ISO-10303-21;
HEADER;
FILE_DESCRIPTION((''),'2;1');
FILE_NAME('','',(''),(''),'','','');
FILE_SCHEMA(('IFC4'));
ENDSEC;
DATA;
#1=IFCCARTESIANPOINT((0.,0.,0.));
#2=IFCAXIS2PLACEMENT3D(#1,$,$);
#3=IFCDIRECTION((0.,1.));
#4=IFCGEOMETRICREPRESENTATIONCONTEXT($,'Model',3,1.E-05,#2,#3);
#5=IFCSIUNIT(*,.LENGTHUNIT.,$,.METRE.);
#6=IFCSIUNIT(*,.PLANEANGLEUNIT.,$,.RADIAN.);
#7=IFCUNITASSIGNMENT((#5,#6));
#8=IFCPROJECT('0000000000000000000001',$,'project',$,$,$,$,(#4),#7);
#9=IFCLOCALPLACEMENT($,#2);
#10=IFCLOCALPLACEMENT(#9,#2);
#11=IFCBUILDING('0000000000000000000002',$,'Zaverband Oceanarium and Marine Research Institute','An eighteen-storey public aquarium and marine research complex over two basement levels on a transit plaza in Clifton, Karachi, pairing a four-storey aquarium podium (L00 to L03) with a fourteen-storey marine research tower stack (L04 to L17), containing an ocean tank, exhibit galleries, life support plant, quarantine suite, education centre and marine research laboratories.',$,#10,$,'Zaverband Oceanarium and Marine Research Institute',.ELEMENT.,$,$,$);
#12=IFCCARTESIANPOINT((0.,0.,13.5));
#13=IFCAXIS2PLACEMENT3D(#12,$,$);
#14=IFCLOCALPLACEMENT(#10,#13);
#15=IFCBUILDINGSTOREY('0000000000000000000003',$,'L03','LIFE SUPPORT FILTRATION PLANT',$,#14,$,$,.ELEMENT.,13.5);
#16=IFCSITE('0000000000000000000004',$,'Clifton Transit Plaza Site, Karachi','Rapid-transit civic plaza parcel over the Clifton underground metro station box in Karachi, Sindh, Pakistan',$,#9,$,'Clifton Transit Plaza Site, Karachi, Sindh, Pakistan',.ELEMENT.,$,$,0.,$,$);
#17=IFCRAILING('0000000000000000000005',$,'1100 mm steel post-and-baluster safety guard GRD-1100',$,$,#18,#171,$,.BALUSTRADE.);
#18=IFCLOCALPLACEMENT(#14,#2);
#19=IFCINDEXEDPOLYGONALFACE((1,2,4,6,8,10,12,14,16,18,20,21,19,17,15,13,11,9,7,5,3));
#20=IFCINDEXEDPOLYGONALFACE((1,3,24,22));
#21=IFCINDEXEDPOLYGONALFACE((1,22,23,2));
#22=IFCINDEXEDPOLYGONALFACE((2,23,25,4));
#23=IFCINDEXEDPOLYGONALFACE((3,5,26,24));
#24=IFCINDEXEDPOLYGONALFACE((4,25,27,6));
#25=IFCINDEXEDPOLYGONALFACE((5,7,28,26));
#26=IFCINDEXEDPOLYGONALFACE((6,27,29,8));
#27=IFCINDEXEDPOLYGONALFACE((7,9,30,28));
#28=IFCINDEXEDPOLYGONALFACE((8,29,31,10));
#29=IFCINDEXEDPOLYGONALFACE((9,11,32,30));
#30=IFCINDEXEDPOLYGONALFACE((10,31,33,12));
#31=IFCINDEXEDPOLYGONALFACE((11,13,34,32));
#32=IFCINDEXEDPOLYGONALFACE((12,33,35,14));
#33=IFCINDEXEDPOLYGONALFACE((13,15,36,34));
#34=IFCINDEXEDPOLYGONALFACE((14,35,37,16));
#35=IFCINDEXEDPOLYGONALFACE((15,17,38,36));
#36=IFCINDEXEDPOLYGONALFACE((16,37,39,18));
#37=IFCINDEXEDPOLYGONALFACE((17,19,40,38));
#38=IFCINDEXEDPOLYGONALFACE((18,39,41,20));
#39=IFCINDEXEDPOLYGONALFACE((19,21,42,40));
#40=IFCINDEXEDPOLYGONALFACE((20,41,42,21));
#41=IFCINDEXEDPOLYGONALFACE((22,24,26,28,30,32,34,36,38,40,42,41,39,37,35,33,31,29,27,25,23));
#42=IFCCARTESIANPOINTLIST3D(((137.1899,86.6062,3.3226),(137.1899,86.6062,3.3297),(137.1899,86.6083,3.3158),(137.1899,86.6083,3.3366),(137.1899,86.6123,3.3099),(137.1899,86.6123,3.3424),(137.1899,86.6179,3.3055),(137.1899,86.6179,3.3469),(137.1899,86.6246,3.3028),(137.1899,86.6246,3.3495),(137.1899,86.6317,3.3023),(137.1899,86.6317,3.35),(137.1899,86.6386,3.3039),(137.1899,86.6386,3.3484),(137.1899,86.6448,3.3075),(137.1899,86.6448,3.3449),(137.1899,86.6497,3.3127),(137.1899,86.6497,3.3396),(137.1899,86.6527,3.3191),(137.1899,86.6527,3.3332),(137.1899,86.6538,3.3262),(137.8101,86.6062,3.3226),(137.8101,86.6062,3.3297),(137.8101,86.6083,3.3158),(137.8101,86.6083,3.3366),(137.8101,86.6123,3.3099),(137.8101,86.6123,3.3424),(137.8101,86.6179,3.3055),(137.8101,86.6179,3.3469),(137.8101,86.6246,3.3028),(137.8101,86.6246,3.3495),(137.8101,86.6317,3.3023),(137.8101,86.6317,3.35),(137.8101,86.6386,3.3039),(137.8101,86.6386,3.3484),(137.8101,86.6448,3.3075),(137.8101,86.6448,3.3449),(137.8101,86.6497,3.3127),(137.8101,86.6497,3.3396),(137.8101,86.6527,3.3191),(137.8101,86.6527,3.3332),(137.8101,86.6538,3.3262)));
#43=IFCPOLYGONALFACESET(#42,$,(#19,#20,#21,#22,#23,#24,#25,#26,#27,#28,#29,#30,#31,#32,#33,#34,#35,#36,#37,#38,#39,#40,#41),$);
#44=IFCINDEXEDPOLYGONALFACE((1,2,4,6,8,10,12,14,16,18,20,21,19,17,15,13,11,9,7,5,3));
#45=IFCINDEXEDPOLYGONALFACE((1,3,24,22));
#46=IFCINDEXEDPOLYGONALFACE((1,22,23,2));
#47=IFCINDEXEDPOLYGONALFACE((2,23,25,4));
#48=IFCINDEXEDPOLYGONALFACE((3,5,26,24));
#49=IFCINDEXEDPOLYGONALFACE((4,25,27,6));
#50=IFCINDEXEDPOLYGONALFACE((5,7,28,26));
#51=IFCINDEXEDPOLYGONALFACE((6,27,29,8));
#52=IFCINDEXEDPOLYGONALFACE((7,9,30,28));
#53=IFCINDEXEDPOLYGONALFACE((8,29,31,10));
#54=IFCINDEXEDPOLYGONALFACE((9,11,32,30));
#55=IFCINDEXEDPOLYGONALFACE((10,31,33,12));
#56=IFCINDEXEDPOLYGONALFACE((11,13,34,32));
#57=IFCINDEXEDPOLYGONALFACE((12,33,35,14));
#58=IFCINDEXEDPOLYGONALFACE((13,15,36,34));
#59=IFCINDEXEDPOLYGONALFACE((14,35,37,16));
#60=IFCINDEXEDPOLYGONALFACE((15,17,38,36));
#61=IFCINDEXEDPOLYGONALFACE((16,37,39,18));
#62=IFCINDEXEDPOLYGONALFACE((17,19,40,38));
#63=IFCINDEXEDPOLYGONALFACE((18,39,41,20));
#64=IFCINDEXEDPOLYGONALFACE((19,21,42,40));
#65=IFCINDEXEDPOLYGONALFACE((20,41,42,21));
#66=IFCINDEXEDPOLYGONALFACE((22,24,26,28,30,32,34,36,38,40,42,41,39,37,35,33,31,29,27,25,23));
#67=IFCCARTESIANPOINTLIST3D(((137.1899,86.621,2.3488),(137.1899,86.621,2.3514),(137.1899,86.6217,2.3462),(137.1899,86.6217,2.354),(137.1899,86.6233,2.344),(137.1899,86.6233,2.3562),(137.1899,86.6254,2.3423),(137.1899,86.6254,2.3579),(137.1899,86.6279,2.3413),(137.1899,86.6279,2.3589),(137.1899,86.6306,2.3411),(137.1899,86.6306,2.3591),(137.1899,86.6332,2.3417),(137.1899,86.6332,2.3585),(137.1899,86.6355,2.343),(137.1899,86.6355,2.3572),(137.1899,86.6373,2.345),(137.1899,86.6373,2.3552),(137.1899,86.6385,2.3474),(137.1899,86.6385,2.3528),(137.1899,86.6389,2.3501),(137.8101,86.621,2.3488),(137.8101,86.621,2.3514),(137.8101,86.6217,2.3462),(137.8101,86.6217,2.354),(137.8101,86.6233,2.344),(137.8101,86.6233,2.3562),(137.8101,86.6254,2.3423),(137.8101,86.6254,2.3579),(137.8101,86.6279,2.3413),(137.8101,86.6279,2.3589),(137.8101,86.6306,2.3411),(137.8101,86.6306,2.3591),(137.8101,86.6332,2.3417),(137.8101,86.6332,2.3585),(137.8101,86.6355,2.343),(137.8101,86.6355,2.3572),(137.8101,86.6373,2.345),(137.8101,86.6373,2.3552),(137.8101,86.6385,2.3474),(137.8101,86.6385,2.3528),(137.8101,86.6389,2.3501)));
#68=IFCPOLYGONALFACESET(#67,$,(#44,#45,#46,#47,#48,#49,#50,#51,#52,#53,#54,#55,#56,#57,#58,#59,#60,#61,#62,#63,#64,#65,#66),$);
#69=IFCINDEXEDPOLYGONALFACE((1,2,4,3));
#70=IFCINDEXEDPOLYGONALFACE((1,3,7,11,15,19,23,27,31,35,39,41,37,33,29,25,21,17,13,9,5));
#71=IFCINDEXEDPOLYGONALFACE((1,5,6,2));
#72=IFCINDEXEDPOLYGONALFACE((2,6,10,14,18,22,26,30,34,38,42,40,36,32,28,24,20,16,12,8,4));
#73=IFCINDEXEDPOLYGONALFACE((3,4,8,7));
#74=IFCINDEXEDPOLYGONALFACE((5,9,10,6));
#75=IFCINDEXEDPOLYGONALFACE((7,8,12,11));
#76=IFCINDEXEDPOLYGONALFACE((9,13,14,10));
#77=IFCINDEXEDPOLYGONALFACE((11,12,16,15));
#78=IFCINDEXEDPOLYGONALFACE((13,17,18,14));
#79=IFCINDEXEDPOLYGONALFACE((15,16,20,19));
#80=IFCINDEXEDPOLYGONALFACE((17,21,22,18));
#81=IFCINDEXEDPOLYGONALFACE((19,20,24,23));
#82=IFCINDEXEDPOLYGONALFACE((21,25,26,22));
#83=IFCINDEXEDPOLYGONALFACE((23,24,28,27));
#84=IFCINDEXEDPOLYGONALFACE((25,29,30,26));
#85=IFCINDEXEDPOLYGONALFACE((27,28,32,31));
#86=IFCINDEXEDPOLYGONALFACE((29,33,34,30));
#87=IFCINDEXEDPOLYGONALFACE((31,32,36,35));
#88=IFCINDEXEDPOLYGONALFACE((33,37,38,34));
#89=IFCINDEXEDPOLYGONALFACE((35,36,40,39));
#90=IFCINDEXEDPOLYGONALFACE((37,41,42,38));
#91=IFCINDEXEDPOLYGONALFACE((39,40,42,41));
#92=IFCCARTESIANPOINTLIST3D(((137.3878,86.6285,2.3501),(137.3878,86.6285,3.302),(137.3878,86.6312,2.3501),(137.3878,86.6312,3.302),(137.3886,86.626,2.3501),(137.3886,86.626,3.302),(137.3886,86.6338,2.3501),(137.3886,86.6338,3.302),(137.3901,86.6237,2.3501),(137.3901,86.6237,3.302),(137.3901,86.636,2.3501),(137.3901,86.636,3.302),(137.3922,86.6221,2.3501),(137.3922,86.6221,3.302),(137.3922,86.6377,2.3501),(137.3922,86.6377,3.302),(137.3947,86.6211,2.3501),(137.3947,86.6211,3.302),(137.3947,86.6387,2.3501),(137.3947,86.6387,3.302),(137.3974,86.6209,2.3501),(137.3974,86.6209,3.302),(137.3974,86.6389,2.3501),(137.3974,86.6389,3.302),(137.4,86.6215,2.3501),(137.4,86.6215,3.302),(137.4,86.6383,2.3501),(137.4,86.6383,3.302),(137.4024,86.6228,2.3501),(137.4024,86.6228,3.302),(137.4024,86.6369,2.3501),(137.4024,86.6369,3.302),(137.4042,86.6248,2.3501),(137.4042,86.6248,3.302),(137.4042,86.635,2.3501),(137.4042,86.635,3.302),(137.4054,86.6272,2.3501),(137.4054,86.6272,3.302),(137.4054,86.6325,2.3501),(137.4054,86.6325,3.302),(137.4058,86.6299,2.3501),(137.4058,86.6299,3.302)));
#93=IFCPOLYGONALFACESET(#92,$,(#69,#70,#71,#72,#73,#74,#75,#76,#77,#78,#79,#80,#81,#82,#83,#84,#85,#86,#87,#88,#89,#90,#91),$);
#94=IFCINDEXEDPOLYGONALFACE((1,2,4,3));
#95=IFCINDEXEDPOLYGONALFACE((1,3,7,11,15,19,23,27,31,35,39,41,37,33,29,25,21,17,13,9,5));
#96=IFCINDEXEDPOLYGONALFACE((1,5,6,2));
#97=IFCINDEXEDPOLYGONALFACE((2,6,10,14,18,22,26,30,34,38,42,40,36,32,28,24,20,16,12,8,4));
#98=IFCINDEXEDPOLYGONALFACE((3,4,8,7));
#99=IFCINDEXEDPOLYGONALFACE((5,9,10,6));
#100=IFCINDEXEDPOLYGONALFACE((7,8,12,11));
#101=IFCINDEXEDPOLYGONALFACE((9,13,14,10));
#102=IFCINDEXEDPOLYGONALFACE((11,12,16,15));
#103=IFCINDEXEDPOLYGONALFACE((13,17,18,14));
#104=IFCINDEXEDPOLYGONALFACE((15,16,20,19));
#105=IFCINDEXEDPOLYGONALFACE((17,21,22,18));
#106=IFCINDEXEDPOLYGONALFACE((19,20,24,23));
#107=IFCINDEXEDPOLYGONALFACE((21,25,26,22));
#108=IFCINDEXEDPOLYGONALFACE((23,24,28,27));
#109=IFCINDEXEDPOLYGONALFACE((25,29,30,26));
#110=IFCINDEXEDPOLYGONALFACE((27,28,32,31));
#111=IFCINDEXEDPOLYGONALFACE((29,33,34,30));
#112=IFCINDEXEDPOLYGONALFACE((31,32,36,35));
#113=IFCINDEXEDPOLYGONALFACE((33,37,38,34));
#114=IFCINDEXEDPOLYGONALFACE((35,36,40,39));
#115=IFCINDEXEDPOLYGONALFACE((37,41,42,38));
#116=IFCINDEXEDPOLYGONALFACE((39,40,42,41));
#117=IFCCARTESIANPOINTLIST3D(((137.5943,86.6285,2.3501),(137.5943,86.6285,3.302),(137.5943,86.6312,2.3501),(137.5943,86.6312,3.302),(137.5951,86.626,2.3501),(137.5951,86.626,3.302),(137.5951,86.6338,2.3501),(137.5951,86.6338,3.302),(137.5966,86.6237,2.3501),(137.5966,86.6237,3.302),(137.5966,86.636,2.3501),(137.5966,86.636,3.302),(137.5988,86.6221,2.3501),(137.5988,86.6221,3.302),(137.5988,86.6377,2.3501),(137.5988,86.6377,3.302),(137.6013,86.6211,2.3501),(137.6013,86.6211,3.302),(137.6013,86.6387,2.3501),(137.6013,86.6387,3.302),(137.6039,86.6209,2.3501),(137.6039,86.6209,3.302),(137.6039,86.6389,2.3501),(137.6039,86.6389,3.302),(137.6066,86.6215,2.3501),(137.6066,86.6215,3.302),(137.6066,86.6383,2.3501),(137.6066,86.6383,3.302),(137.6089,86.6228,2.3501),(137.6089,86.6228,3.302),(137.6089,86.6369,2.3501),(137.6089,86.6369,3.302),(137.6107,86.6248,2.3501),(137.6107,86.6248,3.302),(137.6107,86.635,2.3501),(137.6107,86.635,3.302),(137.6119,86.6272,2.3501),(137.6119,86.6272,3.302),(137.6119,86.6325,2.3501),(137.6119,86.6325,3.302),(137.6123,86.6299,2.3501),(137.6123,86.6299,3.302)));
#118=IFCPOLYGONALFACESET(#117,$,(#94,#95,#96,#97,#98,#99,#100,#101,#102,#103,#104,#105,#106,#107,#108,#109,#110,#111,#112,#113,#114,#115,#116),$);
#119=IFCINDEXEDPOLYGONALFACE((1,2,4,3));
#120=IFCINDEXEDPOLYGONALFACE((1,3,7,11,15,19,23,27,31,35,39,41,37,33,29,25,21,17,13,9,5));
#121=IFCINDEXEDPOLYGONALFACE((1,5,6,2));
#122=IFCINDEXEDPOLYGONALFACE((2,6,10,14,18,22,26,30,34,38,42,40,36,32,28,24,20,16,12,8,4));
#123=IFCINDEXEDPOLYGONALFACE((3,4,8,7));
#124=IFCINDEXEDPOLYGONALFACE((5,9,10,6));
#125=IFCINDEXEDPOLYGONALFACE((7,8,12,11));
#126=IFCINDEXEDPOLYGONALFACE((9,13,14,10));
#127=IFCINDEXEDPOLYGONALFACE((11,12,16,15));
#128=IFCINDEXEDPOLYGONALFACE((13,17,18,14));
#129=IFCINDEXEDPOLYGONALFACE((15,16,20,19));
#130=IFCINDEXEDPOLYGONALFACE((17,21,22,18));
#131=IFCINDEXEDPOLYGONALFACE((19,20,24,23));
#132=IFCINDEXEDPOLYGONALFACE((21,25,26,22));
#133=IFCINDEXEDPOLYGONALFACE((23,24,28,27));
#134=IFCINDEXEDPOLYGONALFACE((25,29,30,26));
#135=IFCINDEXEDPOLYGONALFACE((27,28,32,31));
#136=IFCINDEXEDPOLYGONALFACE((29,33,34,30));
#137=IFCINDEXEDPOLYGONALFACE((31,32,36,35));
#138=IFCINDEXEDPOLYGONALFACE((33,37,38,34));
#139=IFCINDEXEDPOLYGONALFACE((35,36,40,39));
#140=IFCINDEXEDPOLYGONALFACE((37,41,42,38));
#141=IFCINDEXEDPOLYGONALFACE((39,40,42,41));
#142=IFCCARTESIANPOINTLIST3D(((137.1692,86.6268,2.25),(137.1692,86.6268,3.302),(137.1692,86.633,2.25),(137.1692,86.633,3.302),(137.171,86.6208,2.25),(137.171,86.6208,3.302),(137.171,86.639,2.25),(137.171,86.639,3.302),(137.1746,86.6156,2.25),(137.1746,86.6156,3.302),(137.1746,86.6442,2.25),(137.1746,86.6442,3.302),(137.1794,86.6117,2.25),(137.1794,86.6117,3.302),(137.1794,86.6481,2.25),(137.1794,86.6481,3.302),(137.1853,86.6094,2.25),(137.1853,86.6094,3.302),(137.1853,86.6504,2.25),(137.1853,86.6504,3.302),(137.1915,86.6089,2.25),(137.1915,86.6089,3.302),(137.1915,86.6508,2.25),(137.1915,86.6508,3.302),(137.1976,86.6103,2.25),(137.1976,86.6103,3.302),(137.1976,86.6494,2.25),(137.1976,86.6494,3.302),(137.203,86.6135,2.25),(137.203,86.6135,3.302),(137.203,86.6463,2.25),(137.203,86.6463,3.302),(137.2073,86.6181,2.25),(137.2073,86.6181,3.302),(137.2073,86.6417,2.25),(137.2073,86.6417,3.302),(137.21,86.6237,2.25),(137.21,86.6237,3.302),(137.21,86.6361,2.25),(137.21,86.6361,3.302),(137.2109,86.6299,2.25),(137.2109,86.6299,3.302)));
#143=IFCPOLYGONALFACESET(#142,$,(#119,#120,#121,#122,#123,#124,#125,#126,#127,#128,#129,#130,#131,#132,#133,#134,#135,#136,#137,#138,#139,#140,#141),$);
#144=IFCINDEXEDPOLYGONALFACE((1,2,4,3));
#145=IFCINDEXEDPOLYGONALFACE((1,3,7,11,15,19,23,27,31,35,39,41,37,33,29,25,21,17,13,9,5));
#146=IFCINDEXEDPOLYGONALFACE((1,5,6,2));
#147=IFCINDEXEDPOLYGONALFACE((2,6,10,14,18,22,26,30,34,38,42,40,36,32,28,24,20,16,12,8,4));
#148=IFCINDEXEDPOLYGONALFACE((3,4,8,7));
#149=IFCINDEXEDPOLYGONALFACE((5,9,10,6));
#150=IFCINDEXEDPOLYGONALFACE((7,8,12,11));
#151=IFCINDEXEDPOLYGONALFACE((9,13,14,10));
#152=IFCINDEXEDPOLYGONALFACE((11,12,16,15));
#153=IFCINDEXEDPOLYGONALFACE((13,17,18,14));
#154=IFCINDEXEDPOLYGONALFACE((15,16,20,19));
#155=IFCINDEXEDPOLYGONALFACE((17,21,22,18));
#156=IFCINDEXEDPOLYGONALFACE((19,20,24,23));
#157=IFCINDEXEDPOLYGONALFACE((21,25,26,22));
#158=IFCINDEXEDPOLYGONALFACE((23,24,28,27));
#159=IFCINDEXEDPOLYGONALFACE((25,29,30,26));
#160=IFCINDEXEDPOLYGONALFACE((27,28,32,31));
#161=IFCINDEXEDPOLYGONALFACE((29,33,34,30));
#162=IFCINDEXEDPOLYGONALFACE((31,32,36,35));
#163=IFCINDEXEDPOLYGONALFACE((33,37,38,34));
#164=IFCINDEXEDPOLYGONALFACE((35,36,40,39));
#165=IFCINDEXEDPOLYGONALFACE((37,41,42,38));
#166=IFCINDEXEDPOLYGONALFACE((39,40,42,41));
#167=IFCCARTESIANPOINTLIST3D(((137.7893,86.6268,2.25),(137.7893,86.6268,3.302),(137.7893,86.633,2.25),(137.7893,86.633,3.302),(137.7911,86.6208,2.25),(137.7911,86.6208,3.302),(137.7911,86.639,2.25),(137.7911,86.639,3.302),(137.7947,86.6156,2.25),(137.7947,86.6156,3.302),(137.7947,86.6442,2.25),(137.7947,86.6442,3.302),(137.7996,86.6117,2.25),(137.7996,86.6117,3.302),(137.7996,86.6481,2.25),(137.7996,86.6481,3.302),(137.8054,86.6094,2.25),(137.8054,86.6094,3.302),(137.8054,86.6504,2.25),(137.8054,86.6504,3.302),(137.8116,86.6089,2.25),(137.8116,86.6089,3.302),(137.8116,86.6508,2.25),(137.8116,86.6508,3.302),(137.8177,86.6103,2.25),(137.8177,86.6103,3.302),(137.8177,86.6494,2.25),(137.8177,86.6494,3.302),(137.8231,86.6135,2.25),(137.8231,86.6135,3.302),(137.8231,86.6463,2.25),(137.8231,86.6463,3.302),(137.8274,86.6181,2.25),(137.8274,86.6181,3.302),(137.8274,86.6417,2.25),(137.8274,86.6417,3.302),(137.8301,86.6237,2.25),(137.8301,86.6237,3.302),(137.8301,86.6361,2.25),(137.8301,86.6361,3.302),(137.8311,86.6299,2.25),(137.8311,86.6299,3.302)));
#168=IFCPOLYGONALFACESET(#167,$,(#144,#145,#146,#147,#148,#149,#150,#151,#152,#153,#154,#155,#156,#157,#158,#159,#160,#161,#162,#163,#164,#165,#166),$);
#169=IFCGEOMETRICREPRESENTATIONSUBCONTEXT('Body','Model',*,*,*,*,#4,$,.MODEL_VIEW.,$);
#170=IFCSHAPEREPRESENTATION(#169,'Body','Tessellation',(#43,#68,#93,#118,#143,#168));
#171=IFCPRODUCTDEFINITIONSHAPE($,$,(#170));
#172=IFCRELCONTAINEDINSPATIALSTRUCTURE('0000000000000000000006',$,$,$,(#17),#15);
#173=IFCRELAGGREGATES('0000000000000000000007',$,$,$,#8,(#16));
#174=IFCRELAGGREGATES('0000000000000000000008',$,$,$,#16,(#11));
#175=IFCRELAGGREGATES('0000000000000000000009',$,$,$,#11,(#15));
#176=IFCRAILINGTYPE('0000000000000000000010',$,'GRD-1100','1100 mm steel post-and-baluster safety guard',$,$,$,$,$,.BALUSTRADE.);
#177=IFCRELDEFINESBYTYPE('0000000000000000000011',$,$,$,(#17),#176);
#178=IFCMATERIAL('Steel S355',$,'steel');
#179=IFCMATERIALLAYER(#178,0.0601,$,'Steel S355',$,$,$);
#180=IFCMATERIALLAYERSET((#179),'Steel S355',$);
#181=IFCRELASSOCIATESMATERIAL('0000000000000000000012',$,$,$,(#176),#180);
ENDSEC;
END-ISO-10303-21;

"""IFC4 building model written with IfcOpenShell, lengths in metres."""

from ifc_helpers import new_model, si_unit, direction, frame, origin, origin_2d, place, context, subcontext, project, spatial, circle, extrude, material, layer, layer_set, type_object, element, save


model = new_model("IFC4")

# Units and contexts
model_context = context("Model", 3, precision=1e-05, world=origin(), true_north=direction((0.0, 1.0)))
body_context = subcontext(model_context, "Body", "Model", "MODEL_VIEW")
ifc_project = project(units=[si_unit("LENGTHUNIT", "METRE"), si_unit("PLANEANGLEUNIT", "RADIAN")], contexts=[model_context])

# Site, building, storey
site_placement = place(None, origin())
site = spatial("IfcSite", under=ifc_project, at=site_placement, Name="Clifton Transit Plaza Site, Karachi", Description="Rapid-transit civic plaza parcel over the Clifton underground metro station box in Karachi, Sindh, Pakistan", LongName="Clifton Transit Plaza Site, Karachi, Sindh, Pakistan", CompositionType="ELEMENT", RefElevation=0.0)
building_placement = place(site_placement, origin())
building = spatial("IfcBuilding", under=site, at=building_placement, Name="Zaverband Oceanarium and Marine Research Institute", Description="An eighteen-storey public aquarium and marine research complex over two basement levels on a transit plaza in Clifton, Karachi, pairing a four-storey aquarium podium (L00 to L03) with a fourteen-storey marine research tower stack (L04 to L17), containing an ocean tank, exhibit galleries, life support plant, quarantine suite, education centre and marine research laboratories.", LongName="Zaverband Oceanarium and Marine Research Institute", CompositionType="ELEMENT")
storey_placement = place(building_placement, frame((0.0, 0.0, 13.5)))
storey = spatial("IfcBuildingStorey", under=building, at=storey_placement, Name="L03", Description="LIFE SUPPORT FILTRATION PLANT", CompositionType="ELEMENT", Elevation=13.5)

# Shared definitions
ifc_material_1 = material(Name="Steel S355", Category="steel")

# Railing
ifc_layer_1 = layer(ifc_material_1, 0.0601, Name="Steel S355")
ifc_layer_set_1 = layer_set([ifc_layer_1], Name="Steel S355")
railing_type_1 = type_object("IfcRailingType", Name="GRD-1100", Description="1100 mm steel post-and-baluster safety guard", PredefinedType="BALUSTRADE", material=ifc_layer_set_1)
for number, where, name in (
    (1, (137.1899, 86.6299, 2.25), "1100 mm steel post-and-baluster safety guard GRD-1100"),
):
    element("IfcRailing", number, at=place(storey_placement, frame(where)), inside=storey, type_object=railing_type_1, Name=name, PredefinedType="BALUSTRADE", context=body_context, shape_type="SweptSolid", body=[
        extrude(circle(Radius=0.0239, at=origin_2d()), frame((0.0, 0.0, 1.0762), z_axis=(1.0, 0.0, 0.0), x_axis=(0.0, 1.0, 0.0)), (0.0, 0.0, 1.0), 0.6201),
        extrude(circle(Radius=0.009, at=origin_2d()), frame((0.0, 0.0, 0.1001), z_axis=(1.0, 0.0, 0.0), x_axis=(0.0, 1.0, 0.0)), (0.0, 0.0, 1.0), 0.6201),
        extrude(circle(Radius=0.009, at=origin_2d()), frame((0.2068, 0.0, 0.1001)), (0.0, 0.0, 1.0), 0.9519),
        extrude(circle(Radius=0.009, at=origin_2d()), frame((0.4133, 0.0, 0.1001)), (0.0, 0.0, 1.0), 0.9519),
        extrude(circle(Radius=0.021, at=origin_2d()), origin(), (0.0, 0.0, 1.0), 1.052),
        extrude(circle(Radius=0.021, at=origin_2d()), frame((0.6201, 0.0, 0.0)), (0.0, 0.0, 1.0), 1.052),
    ])

save(model, "model.ifc")
